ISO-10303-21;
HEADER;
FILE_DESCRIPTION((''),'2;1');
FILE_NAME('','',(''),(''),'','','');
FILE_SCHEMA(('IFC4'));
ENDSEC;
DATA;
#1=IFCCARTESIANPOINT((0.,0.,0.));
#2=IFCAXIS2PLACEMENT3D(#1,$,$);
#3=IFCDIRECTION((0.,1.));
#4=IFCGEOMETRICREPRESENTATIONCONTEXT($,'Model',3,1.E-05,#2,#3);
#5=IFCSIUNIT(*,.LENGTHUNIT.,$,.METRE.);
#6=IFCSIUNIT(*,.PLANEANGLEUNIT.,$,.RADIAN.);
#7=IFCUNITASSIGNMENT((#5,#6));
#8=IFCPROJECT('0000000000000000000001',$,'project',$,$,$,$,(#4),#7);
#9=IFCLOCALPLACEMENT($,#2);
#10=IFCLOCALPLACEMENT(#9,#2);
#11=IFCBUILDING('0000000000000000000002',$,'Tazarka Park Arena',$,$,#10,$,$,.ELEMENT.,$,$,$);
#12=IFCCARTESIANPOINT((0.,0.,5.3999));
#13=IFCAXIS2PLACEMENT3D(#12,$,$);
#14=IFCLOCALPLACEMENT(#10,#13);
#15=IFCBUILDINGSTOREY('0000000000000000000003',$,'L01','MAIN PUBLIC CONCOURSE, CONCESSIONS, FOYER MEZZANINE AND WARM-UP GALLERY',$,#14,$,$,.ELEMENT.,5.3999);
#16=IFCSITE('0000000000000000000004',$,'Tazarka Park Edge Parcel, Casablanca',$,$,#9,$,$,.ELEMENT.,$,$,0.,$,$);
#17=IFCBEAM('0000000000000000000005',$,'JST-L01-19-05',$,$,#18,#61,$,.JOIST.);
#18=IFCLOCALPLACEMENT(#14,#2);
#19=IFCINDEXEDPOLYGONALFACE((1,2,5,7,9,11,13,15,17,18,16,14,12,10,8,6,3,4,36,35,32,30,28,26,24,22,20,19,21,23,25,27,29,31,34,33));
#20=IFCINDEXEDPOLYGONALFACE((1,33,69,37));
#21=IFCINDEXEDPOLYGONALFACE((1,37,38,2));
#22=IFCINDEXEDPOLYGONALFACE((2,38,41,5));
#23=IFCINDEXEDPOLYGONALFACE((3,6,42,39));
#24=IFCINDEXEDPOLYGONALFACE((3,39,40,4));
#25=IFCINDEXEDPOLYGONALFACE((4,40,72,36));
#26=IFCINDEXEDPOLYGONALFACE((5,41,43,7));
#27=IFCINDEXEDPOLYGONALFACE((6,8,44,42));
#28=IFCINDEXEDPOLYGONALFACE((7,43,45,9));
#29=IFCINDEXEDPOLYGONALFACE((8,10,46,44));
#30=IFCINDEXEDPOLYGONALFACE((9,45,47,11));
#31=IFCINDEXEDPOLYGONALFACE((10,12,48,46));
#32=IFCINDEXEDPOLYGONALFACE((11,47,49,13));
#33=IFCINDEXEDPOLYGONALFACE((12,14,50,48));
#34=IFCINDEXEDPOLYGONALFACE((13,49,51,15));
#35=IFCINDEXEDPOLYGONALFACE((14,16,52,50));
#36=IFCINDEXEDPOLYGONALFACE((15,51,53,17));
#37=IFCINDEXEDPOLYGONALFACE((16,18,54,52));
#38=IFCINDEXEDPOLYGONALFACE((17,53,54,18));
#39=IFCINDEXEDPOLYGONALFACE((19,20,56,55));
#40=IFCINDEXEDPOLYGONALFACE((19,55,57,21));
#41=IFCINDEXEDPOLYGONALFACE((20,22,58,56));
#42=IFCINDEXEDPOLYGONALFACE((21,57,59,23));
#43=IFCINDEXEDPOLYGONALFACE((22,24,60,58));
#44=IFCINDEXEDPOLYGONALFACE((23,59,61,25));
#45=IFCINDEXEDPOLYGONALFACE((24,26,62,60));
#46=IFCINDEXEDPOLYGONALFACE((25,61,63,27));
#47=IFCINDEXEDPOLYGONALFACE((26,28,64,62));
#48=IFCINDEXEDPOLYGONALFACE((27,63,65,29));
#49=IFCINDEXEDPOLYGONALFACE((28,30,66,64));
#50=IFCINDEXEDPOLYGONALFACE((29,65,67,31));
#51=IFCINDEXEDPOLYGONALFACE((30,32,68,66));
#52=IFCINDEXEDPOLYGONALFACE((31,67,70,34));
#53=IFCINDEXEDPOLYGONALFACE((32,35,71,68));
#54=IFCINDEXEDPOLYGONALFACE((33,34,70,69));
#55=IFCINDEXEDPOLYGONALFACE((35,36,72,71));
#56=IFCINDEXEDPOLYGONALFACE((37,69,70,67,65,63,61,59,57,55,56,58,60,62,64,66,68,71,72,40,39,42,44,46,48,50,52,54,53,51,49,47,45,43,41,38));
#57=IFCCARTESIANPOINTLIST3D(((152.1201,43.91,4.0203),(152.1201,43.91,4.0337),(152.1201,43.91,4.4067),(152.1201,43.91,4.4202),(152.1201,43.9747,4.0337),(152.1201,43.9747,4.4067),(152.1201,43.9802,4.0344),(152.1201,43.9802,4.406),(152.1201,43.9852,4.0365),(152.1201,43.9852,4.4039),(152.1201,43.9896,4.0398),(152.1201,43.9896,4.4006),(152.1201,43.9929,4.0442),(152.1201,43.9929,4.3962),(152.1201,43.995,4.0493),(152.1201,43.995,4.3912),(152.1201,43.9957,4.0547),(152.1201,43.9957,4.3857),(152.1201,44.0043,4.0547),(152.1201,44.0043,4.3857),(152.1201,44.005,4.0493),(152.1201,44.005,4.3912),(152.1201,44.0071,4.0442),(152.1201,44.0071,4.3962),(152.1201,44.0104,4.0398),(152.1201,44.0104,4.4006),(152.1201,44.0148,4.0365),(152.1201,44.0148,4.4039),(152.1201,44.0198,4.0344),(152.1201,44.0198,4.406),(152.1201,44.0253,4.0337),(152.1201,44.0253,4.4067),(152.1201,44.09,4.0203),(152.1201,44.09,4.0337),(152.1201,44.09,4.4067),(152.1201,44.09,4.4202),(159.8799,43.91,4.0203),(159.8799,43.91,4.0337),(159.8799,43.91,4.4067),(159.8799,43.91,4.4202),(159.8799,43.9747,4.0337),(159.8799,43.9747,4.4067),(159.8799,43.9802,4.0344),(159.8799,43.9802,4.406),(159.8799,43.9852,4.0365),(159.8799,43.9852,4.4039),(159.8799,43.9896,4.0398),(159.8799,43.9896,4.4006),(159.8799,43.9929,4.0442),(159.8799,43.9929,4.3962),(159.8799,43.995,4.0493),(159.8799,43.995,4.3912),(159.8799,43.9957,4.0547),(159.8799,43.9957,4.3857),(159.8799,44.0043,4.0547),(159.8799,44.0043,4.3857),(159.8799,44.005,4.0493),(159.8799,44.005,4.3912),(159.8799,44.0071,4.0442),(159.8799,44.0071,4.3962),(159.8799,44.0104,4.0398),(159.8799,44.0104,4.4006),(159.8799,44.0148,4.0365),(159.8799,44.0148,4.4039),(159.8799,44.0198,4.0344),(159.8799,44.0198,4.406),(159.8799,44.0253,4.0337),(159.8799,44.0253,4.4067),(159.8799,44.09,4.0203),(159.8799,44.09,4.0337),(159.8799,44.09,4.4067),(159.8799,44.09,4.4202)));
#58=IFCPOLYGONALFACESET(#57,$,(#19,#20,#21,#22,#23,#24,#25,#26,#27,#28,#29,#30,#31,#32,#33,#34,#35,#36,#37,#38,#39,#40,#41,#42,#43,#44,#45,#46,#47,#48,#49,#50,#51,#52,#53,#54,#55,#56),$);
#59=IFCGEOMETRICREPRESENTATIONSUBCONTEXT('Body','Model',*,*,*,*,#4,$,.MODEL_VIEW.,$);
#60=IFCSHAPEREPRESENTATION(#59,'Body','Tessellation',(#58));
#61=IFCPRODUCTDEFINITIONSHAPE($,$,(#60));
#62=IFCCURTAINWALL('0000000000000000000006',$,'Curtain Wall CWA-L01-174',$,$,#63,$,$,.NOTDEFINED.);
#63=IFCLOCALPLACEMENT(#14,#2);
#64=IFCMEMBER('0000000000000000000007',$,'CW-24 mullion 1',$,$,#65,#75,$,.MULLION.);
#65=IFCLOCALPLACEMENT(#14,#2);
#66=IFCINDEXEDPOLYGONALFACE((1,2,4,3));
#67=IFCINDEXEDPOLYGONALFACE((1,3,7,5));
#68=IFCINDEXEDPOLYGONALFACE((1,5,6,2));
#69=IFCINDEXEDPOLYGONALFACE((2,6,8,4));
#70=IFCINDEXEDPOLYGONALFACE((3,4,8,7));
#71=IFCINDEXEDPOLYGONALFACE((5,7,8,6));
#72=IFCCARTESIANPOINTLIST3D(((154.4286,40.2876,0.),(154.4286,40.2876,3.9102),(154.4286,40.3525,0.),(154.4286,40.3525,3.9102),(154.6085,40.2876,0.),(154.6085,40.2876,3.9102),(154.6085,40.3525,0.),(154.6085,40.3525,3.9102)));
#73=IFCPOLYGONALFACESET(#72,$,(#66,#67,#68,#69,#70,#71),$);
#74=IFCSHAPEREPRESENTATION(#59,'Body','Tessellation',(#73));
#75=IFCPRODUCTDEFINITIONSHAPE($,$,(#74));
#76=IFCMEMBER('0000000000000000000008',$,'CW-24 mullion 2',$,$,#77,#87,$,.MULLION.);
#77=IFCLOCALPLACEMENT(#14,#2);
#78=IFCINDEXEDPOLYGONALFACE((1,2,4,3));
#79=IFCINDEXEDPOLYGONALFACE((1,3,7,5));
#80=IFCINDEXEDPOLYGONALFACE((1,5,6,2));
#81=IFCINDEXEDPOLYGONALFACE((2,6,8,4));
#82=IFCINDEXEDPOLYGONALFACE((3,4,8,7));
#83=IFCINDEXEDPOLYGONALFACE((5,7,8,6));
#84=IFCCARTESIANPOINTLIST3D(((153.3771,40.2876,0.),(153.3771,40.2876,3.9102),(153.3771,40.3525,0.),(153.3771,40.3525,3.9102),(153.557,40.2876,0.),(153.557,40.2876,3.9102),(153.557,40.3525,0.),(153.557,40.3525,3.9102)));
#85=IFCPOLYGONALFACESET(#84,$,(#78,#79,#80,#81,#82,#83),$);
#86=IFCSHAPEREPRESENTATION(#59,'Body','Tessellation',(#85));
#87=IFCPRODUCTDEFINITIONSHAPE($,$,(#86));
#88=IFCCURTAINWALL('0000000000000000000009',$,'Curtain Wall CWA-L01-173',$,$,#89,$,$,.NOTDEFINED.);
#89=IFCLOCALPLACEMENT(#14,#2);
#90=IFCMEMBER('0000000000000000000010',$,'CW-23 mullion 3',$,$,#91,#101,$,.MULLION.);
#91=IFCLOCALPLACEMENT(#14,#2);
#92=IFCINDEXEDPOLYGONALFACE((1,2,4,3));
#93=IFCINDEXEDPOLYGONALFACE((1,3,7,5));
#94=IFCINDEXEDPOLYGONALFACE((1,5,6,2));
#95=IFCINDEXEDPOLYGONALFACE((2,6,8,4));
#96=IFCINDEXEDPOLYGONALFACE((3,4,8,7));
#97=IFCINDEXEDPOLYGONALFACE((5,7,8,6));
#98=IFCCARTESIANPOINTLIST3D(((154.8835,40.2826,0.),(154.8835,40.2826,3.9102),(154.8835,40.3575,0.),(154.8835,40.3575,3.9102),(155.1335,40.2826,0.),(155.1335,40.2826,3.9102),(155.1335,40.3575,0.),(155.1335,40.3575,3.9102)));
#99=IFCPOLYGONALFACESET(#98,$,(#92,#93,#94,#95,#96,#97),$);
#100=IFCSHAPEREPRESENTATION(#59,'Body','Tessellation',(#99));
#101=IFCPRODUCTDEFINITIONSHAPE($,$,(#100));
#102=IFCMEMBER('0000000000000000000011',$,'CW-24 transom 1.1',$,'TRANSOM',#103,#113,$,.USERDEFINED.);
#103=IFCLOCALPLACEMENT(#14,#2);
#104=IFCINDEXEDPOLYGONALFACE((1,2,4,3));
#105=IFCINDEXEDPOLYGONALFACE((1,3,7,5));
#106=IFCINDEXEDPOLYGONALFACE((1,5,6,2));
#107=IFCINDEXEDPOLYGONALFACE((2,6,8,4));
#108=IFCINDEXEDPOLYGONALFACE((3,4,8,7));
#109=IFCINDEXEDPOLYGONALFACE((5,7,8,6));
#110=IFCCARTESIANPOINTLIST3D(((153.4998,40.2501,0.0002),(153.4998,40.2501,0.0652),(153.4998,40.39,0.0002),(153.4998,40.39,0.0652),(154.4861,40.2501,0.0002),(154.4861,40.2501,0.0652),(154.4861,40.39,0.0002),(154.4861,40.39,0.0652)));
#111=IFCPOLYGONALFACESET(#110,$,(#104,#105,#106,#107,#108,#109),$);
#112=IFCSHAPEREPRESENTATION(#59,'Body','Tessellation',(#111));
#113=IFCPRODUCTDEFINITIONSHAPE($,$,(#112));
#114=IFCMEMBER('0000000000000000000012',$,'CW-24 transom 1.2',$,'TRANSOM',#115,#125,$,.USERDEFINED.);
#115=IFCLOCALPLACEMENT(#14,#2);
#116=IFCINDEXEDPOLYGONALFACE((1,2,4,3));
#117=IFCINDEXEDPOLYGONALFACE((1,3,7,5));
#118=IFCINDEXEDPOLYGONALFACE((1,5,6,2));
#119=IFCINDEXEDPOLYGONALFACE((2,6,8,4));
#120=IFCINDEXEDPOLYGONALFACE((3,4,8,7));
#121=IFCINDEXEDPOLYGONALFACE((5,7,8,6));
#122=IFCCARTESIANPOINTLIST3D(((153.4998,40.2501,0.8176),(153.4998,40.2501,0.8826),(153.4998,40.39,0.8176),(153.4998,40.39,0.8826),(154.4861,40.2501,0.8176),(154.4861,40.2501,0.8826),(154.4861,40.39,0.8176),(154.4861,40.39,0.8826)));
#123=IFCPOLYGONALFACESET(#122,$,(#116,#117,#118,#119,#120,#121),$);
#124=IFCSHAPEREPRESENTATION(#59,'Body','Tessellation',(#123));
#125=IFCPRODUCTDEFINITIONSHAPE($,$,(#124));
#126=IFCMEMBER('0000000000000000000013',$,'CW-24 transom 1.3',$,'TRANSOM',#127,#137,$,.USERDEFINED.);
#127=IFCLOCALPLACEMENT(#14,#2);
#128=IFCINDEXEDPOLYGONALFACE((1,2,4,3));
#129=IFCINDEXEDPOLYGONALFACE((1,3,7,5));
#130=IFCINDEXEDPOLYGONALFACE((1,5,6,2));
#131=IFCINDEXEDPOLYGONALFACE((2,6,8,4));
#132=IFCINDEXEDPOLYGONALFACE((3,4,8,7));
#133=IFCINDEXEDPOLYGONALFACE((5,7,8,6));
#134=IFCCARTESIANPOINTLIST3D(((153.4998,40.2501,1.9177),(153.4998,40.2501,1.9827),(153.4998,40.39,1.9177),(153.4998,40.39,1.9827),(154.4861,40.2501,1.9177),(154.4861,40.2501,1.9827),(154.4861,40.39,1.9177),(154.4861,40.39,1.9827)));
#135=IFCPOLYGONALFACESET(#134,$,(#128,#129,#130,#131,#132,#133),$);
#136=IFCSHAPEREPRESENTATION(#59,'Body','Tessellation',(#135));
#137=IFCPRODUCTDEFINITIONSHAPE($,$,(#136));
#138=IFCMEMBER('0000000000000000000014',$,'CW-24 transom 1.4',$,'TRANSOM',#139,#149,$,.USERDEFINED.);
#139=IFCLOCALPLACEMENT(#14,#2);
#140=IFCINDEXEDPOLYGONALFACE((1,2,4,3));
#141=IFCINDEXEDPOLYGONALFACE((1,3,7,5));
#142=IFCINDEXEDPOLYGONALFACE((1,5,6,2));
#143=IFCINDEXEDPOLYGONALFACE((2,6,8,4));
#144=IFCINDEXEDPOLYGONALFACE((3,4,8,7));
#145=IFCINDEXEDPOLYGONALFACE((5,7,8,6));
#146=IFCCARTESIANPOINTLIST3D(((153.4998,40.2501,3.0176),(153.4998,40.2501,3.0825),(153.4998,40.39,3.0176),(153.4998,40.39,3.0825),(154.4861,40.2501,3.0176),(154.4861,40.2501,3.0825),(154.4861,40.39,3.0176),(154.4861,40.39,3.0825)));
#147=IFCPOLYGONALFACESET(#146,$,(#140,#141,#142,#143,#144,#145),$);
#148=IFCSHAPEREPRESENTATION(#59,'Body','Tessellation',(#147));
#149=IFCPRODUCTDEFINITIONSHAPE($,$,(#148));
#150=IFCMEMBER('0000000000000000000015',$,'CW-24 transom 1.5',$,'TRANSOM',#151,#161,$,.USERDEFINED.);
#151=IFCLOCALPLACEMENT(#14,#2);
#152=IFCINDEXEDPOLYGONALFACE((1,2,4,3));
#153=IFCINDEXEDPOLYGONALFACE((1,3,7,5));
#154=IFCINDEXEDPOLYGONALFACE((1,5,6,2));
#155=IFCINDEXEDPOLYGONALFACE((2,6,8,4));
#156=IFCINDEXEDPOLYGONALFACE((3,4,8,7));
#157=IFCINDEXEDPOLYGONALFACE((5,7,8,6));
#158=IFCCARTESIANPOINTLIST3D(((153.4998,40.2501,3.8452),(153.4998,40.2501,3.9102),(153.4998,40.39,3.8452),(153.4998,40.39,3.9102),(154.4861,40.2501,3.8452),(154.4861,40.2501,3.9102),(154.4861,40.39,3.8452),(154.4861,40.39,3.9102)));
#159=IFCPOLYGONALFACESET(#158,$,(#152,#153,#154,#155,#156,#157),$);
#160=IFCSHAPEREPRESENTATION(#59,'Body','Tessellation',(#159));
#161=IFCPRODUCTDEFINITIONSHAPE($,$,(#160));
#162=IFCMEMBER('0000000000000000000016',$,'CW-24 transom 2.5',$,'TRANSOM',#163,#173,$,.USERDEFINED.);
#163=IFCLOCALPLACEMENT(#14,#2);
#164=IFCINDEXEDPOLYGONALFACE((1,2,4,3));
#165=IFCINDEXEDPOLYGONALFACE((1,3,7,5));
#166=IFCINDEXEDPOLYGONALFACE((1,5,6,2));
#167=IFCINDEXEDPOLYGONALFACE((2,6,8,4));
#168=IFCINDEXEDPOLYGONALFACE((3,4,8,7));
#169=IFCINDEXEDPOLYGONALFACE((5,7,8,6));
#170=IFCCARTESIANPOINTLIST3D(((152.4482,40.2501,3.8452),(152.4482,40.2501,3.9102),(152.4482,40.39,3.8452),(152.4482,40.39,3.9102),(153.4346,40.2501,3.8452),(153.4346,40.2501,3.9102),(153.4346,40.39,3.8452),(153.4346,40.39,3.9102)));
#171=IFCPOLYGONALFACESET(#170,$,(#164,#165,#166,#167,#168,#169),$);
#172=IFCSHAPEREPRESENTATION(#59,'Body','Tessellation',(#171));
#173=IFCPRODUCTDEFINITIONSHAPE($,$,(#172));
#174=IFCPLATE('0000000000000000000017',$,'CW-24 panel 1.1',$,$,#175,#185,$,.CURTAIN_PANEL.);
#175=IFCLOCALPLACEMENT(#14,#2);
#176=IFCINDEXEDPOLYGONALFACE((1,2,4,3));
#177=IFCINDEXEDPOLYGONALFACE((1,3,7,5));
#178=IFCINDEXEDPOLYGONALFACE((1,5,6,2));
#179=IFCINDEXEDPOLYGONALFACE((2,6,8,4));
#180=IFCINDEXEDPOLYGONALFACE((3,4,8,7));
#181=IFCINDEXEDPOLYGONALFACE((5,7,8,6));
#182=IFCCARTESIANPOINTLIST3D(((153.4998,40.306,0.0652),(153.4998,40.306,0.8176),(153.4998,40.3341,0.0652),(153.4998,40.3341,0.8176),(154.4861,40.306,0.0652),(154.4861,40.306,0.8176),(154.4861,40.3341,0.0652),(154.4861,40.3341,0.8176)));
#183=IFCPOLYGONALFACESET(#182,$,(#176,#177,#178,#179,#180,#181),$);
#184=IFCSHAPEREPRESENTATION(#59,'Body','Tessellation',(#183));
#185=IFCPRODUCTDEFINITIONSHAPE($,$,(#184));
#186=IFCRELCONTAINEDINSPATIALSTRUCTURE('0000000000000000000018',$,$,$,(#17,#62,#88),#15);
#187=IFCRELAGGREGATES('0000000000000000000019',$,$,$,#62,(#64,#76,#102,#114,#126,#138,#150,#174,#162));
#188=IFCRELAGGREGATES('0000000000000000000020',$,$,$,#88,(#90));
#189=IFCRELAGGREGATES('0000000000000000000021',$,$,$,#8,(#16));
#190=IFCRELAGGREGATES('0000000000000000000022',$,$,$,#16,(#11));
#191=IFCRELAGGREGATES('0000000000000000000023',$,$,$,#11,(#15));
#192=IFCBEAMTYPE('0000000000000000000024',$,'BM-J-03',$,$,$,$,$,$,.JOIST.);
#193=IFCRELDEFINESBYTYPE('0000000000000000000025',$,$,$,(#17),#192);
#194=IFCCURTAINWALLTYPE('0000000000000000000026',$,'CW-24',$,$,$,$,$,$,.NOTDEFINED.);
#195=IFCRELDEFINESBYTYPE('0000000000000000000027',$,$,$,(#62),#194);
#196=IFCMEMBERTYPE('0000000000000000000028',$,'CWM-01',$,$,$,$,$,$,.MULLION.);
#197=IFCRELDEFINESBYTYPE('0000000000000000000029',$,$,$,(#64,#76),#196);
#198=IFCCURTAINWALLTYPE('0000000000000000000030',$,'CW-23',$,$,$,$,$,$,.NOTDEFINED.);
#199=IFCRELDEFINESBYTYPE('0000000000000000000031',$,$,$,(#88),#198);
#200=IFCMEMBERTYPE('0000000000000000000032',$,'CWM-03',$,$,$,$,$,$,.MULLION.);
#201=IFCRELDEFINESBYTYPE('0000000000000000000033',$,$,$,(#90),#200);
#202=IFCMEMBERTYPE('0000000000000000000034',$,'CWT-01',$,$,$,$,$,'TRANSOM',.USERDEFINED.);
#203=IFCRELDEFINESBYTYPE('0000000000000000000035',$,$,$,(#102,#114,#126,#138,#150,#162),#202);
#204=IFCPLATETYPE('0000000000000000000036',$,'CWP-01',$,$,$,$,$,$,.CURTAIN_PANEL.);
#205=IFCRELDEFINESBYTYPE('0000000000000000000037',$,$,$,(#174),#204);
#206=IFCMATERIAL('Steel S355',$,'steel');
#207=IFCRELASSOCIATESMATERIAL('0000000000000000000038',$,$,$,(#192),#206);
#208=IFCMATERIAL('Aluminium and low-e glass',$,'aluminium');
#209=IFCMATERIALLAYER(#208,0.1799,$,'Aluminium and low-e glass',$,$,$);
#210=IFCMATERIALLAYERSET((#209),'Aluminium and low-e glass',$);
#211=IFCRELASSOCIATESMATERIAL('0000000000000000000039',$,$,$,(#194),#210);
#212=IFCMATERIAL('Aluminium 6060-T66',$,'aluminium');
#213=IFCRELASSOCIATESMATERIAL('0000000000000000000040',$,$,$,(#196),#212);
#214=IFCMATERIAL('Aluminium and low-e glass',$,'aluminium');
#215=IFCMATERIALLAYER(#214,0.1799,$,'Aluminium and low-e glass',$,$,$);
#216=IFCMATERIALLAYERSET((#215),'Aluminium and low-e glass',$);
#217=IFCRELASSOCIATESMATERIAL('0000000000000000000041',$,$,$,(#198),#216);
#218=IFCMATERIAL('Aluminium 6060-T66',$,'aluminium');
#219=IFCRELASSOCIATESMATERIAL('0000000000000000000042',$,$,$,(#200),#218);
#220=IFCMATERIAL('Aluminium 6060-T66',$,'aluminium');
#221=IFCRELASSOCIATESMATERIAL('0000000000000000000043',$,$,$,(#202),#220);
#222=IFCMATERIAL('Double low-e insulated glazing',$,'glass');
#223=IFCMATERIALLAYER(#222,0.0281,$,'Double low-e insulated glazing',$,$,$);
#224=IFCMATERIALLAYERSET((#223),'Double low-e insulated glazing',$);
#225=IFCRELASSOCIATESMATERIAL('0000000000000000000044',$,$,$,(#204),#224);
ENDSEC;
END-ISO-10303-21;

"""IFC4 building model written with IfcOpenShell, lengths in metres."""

from ifc_helpers import new_model, si_unit, direction, frame, origin, origin_2d, place, context, subcontext, project, spatial, rectangle, i_section, extrude, material, layer, layer_set, material_profile, profile_set, type_object, element, aggregate, save


model = new_model("IFC4")

# Units and contexts
model_context = context("Model", 3, precision=1e-05, world=origin(), true_north=direction((0.0, 1.0)))
body_context = subcontext(model_context, "Body", "Model", "MODEL_VIEW")
ifc_project = project(units=[si_unit("LENGTHUNIT", "METRE"), si_unit("PLANEANGLEUNIT", "RADIAN")], contexts=[model_context])

# Site, building, storey
site_placement = place(None, origin())
site = spatial("IfcSite", under=ifc_project, at=site_placement, Name="Tazarka Park Edge Parcel, Casablanca", CompositionType="ELEMENT", RefElevation=0.0)
building_placement = place(site_placement, origin())
building = spatial("IfcBuilding", under=site, at=building_placement, Name="Tazarka Park Arena", CompositionType="ELEMENT")
storey_placement = place(building_placement, frame((0.0, 0.0, 5.3999)))
storey = spatial("IfcBuildingStorey", under=building, at=storey_placement, Name="L01", Description="MAIN PUBLIC CONCOURSE, CONCESSIONS, FOYER MEZZANINE AND WARM-UP GALLERY", CompositionType="ELEMENT", Elevation=5.3999)

# Beam
ifc_material_1 = material(Name="Steel S355", Category="steel")
ifc_material_profile_1 = material_profile(ifc_material_1, i_section(OverallWidth=0.1799, OverallDepth=0.3999, WebThickness=0.0085, FlangeThickness=0.0134, FilletRadius=0.021, at=origin_2d()), Name="Steel S355")
ifc_profile_set_1 = profile_set([ifc_material_profile_1], Name="Steel S355")
beam_type_1 = type_object("IfcBeamType", Name="BM-J-03", PredefinedType="JOIST", material=ifc_profile_set_1)
beam_1_placement = place(storey_placement, frame((152.1201, 44.0, 4.2202), z_axis=(1.0, 0.0, 0.0), x_axis=(0.0, 1.0, 0.0)))
element("IfcBeam", 1, at=beam_1_placement, inside=storey, type_object=beam_type_1, Name="JST-L01-19-05", PredefinedType="JOIST", context=body_context, shape_type="SweptSolid", body=[
    extrude(i_section(OverallWidth=0.1799, OverallDepth=0.3999, WebThickness=0.0085, FlangeThickness=0.0134, FilletRadius=0.021, at=origin_2d()), origin(), (0.0, 0.0, 1.0), 7.7598),
])

# Curtain wall, members
ifc_material_2 = material(Name="Aluminium and low-e glass", Category="aluminium")
ifc_layer_1 = layer(ifc_material_2, 0.1799, Name="Aluminium and low-e glass")
ifc_layer_set_1 = layer_set([ifc_layer_1], Name="Aluminium and low-e glass")
curtain_wall_type_1 = type_object("IfcCurtainWallType", Name="CW-24", PredefinedType="NOTDEFINED", material=ifc_layer_set_1)
curtain_wall_1_placement = place(storey_placement, origin())
curtain_wall_1 = element("IfcCurtainWall", 2, at=curtain_wall_1_placement, inside=storey, type_object=curtain_wall_type_1, Name="Curtain Wall CWA-L01-174", PredefinedType="NOTDEFINED")
ifc_material_3 = material(Name="Aluminium 6060-T66", Category="aluminium")
ifc_material_profile_2 = material_profile(ifc_material_3, rectangle(XDim=0.0649, YDim=0.1799, at=origin_2d()), Name="Aluminium 6060-T66")
ifc_profile_set_2 = profile_set([ifc_material_profile_2], Name="Aluminium 6060-T66")
member_type_1 = type_object("IfcMemberType", Name="CWM-01", PredefinedType="MULLION", material=ifc_profile_set_2)
member_1_placement = place(storey_placement, frame((154.5186, 40.3201, 0.0), z_axis=(0.0, 0.0, 1.0), x_axis=(0.0, -1.0, 0.0)))
member_1 = element("IfcMember", 3, at=member_1_placement, type_object=member_type_1, Name="CW-24 mullion 1", PredefinedType="MULLION", context=body_context, shape_type="SweptSolid", body=[
    extrude(rectangle(XDim=0.0649, YDim=0.1799, at=origin_2d()), origin(), (0.0, 0.0, 1.0), 3.9102),
])
member_2_placement = place(storey_placement, frame((153.467, 40.3201, 0.0), z_axis=(0.0, 0.0, 1.0), x_axis=(0.0, -1.0, 0.0)))
member_2 = element("IfcMember", 4, at=member_2_placement, type_object=member_type_1, Name="CW-24 mullion 2", PredefinedType="MULLION", context=body_context, shape_type="SweptSolid", body=[
    extrude(rectangle(XDim=0.0649, YDim=0.1799, at=origin_2d()), origin(), (0.0, 0.0, 1.0), 3.9102),
])

# Curtain wall, member
ifc_material_4 = material(Name="Aluminium and low-e glass", Category="aluminium")
ifc_layer_2 = layer(ifc_material_4, 0.1799, Name="Aluminium and low-e glass")
ifc_layer_set_2 = layer_set([ifc_layer_2], Name="Aluminium and low-e glass")
curtain_wall_type_2 = type_object("IfcCurtainWallType", Name="CW-23", PredefinedType="NOTDEFINED", material=ifc_layer_set_2)
curtain_wall_2_placement = place(storey_placement, origin())
curtain_wall_2 = element("IfcCurtainWall", 5, at=curtain_wall_2_placement, inside=storey, type_object=curtain_wall_type_2, Name="Curtain Wall CWA-L01-173", PredefinedType="NOTDEFINED")
ifc_material_5 = material(Name="Aluminium 6060-T66", Category="aluminium")
ifc_material_profile_3 = material_profile(ifc_material_5, rectangle(XDim=0.075, YDim=0.25, at=origin_2d()), Name="Aluminium 6060-T66")
ifc_profile_set_3 = profile_set([ifc_material_profile_3], Name="Aluminium 6060-T66")
member_type_2 = type_object("IfcMemberType", Name="CWM-03", PredefinedType="MULLION", material=ifc_profile_set_3)
member_3_placement = place(storey_placement, frame((155.0085, 40.3201, 0.0), z_axis=(0.0, 0.0, 1.0), x_axis=(0.0, -1.0, 0.0)))
member_3 = element("IfcMember", 6, at=member_3_placement, type_object=member_type_2, Name="CW-23 mullion 3", PredefinedType="MULLION", context=body_context, shape_type="SweptSolid", body=[
    extrude(rectangle(XDim=0.075, YDim=0.25, at=origin_2d()), origin(), (0.0, 0.0, 1.0), 3.9102),
])

# Members
ifc_material_6 = material(Name="Aluminium 6060-T66", Category="aluminium")
ifc_material_profile_4 = material_profile(ifc_material_6, rectangle(XDim=0.1399, YDim=0.0649, at=origin_2d()), Name="Aluminium 6060-T66")
ifc_profile_set_4 = profile_set([ifc_material_profile_4], Name="Aluminium 6060-T66")
member_type_3 = type_object("IfcMemberType", Name="CWT-01", ElementType="TRANSOM", PredefinedType="USERDEFINED", material=ifc_profile_set_4)
member_4_placement = place(storey_placement, frame((154.4861, 40.3201, 0.0327), z_axis=(-1.0, 0.0, 0.0), x_axis=(0.0, -1.0, 0.0)))
member_4 = element("IfcMember", 7, at=member_4_placement, type_object=member_type_3, Name="CW-24 transom 1.1", ObjectType="TRANSOM", PredefinedType="USERDEFINED", context=body_context, shape_type="SweptSolid", body=[
    extrude(rectangle(XDim=0.1399, YDim=0.0649, at=origin_2d()), origin(), (0.0, 0.0, 1.0), 0.9863),
])
member_5_placement = place(storey_placement, frame((154.4861, 40.3201, 0.8501), z_axis=(-1.0, 0.0, 0.0), x_axis=(0.0, -1.0, 0.0)))
member_5 = element("IfcMember", 8, at=member_5_placement, type_object=member_type_3, Name="CW-24 transom 1.2", ObjectType="TRANSOM", PredefinedType="USERDEFINED", context=body_context, shape_type="SweptSolid", body=[
    extrude(rectangle(XDim=0.1399, YDim=0.0649, at=origin_2d()), origin(), (0.0, 0.0, 1.0), 0.9863),
])
member_6_placement = place(storey_placement, frame((154.4861, 40.3201, 1.9502), z_axis=(-1.0, 0.0, 0.0), x_axis=(0.0, -1.0, 0.0)))
member_6 = element("IfcMember", 9, at=member_6_placement, type_object=member_type_3, Name="CW-24 transom 1.3", ObjectType="TRANSOM", PredefinedType="USERDEFINED", context=body_context, shape_type="SweptSolid", body=[
    extrude(rectangle(XDim=0.1399, YDim=0.0649, at=origin_2d()), origin(), (0.0, 0.0, 1.0), 0.9863),
])
member_7_placement = place(storey_placement, frame((154.4861, 40.3201, 3.05), z_axis=(-1.0, 0.0, 0.0), x_axis=(0.0, -1.0, 0.0)))
member_7 = element("IfcMember", 10, at=member_7_placement, type_object=member_type_3, Name="CW-24 transom 1.4", ObjectType="TRANSOM", PredefinedType="USERDEFINED", context=body_context, shape_type="SweptSolid", body=[
    extrude(rectangle(XDim=0.1399, YDim=0.0649, at=origin_2d()), origin(), (0.0, 0.0, 1.0), 0.9863),
])
member_8_placement = place(storey_placement, frame((154.4861, 40.3201, 3.8777), z_axis=(-1.0, 0.0, 0.0), x_axis=(0.0, -1.0, 0.0)))
member_8 = element("IfcMember", 11, at=member_8_placement, type_object=member_type_3, Name="CW-24 transom 1.5", ObjectType="TRANSOM", PredefinedType="USERDEFINED", context=body_context, shape_type="SweptSolid", body=[
    extrude(rectangle(XDim=0.1399, YDim=0.0649, at=origin_2d()), origin(), (0.0, 0.0, 1.0), 0.9863),
])
member_9_placement = place(storey_placement, frame((153.4346, 40.3201, 3.8777), z_axis=(-1.0, 0.0, 0.0), x_axis=(0.0, -1.0, 0.0)))
member_9 = element("IfcMember", 12, at=member_9_placement, type_object=member_type_3, Name="CW-24 transom 2.5", ObjectType="TRANSOM", PredefinedType="USERDEFINED", context=body_context, shape_type="SweptSolid", body=[
    extrude(rectangle(XDim=0.1399, YDim=0.0649, at=origin_2d()), origin(), (0.0, 0.0, 1.0), 0.9863),
])

# Plate
ifc_material_7 = material(Name="Double low-e insulated glazing", Category="glass")
ifc_layer_3 = layer(ifc_material_7, 0.0281, Name="Double low-e insulated glazing")
ifc_layer_set_3 = layer_set([ifc_layer_3], Name="Double low-e insulated glazing")
plate_type_1 = type_object("IfcPlateType", Name="CWP-01", PredefinedType="CURTAIN_PANEL", material=ifc_layer_set_3)
plate_1_placement = place(storey_placement, frame((153.9929, 40.3201, 0.0652), z_axis=(0.0, 0.0, 1.0), x_axis=(-1.0, 0.0, 0.0)))
plate_1 = element("IfcPlate", 13, at=plate_1_placement, type_object=plate_type_1, Name="CW-24 panel 1.1", PredefinedType="CURTAIN_PANEL", context=body_context, shape_type="SweptSolid", body=[
    extrude(rectangle(XDim=0.9863, YDim=0.0281, at=origin_2d()), origin(), (0.0, 0.0, 1.0), 0.7524),
])
aggregate(curtain_wall_1, [member_1, member_2, member_4, member_5, member_6, member_7, member_8, plate_1, member_9])
aggregate(curtain_wall_2, [member_3])

save(model, "model.ifc")
